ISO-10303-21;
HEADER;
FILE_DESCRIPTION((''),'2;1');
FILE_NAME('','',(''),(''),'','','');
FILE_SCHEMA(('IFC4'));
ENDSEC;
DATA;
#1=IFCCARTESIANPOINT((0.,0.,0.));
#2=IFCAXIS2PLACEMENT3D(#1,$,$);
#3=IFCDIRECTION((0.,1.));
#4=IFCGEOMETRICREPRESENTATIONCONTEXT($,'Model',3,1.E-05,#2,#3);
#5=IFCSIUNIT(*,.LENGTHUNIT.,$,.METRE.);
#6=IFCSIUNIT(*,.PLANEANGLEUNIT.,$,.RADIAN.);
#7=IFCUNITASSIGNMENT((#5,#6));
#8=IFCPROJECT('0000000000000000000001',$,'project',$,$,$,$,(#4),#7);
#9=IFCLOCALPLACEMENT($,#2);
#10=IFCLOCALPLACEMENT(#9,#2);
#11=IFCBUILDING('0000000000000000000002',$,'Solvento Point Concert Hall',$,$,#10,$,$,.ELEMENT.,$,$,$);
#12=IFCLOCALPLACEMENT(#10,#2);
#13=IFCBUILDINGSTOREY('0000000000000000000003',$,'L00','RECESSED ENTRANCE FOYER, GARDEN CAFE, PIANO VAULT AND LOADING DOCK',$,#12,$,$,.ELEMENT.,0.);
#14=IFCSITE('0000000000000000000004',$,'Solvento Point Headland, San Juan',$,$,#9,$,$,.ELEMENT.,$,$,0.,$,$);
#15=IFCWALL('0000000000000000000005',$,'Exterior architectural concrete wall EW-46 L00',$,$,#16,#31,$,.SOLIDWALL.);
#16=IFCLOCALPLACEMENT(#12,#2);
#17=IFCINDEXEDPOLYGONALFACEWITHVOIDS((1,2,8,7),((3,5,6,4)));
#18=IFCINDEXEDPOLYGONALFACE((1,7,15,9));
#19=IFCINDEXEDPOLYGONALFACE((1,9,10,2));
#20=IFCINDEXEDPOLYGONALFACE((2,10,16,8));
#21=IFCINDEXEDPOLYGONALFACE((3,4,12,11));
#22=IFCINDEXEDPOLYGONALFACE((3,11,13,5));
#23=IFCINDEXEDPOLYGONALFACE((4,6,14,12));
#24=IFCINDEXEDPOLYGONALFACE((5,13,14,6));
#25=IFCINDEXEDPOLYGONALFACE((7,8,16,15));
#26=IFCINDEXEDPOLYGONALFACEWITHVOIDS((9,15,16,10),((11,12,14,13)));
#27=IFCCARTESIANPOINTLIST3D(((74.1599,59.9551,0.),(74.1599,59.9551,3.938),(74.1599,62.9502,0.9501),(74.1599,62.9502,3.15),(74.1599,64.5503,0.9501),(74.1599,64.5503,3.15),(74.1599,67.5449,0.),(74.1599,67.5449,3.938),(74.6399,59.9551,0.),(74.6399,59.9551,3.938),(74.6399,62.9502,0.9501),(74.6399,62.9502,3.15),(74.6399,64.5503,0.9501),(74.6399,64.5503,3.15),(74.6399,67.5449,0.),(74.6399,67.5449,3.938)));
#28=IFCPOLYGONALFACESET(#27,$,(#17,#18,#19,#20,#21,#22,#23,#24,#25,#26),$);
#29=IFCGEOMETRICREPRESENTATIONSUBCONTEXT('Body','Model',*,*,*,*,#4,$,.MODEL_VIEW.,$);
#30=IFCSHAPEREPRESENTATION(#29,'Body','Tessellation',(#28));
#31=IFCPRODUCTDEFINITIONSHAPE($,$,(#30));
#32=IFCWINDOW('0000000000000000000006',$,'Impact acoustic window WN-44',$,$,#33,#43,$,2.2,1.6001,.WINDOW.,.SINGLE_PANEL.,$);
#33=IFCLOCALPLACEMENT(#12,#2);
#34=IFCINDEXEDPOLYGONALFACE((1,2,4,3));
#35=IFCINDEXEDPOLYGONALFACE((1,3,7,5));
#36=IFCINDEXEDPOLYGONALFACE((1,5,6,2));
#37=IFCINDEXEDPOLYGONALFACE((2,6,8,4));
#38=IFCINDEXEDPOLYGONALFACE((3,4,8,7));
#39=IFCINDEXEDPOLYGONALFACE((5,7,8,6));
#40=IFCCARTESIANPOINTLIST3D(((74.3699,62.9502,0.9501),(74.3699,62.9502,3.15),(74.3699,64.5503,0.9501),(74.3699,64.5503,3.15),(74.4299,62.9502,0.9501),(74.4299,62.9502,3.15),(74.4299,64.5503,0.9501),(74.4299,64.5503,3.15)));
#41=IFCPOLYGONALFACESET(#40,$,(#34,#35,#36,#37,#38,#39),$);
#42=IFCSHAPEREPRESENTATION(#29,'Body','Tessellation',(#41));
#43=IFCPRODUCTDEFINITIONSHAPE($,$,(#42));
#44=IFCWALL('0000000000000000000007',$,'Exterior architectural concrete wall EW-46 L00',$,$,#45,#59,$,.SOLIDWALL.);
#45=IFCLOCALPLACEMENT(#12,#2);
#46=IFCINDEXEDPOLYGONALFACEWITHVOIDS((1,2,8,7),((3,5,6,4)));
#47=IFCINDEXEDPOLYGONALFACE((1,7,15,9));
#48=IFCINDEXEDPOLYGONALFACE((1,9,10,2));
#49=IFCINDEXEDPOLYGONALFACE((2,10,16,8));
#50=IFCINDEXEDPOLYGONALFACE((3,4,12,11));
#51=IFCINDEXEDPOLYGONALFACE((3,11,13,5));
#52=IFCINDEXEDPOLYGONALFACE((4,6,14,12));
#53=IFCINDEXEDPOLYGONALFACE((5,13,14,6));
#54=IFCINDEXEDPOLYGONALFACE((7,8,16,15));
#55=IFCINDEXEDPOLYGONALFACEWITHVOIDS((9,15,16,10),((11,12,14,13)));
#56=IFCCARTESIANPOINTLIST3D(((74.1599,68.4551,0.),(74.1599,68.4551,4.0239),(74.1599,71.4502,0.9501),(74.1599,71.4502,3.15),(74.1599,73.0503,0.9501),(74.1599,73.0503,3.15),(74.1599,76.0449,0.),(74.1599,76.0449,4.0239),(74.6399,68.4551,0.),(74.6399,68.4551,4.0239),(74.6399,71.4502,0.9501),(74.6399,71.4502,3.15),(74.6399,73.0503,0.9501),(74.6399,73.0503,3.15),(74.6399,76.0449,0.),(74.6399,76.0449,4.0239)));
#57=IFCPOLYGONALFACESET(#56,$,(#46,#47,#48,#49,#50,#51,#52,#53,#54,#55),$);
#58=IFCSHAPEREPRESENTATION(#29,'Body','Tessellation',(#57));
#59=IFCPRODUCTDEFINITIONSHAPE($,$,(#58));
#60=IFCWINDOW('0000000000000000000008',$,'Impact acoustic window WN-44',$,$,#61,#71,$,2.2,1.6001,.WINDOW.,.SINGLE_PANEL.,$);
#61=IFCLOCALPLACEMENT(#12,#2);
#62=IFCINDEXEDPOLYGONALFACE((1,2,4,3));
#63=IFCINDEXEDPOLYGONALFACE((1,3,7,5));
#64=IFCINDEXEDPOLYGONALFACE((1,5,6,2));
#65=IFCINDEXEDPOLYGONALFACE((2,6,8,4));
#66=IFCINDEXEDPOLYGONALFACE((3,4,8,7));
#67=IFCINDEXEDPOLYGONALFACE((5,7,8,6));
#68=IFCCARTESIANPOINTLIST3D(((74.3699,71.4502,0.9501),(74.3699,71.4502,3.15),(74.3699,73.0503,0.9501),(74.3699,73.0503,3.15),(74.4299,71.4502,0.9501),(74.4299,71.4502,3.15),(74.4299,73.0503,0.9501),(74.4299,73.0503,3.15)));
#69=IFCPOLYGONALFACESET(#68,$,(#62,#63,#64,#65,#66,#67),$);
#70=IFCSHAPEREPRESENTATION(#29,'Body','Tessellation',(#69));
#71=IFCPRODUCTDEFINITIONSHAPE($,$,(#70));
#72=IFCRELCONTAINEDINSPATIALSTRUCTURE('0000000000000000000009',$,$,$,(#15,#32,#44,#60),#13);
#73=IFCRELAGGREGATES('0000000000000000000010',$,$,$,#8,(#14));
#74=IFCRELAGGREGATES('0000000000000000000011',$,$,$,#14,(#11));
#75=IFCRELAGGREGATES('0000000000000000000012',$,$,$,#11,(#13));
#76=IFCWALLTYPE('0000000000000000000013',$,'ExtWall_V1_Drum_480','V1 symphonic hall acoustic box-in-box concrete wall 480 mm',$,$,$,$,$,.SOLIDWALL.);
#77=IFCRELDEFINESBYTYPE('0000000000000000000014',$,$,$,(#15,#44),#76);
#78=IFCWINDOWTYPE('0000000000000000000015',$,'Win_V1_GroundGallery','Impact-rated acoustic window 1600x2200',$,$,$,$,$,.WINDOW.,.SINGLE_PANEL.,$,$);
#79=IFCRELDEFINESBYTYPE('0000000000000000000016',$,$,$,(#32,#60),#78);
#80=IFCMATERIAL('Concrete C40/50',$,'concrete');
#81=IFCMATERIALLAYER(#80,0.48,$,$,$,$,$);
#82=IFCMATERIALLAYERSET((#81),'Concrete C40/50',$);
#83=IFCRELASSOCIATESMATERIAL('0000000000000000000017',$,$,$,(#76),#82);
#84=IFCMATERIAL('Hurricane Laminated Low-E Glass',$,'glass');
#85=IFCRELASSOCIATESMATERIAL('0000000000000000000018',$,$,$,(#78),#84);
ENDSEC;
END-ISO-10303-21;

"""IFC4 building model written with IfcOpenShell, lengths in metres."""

from ifc_helpers import new_model, si_unit, direction, frame, frame_2d, origin, place, context, subcontext, project, spatial, rectangle, extrude, material, layer, layer_set, type_object, element, fill, save


model = new_model("IFC4")

# Units and contexts
model_context = context("Model", 3, precision=1e-05, world=origin(), true_north=direction((0.0, 1.0)))
body_context = subcontext(model_context, "Body", "Model", "MODEL_VIEW")
ifc_project = project(units=[si_unit("LENGTHUNIT", "METRE"), si_unit("PLANEANGLEUNIT", "RADIAN")], contexts=[model_context])

# Site, building, storey
site_placement = place(None, origin())
site = spatial("IfcSite", under=ifc_project, at=site_placement, Name="Solvento Point Headland, San Juan", CompositionType="ELEMENT", RefElevation=0.0)
building_placement = place(site_placement, origin())
building = spatial("IfcBuilding", under=site, at=building_placement, Name="Solvento Point Concert Hall", CompositionType="ELEMENT")
storey_placement = place(building_placement, origin())
storey = spatial("IfcBuildingStorey", under=building, at=storey_placement, Name="L00", Description="RECESSED ENTRANCE FOYER, GARDEN CAFE, PIANO VAULT AND LOADING DOCK", CompositionType="ELEMENT", Elevation=0.0)

# Walls, openings, windows
ifc_material_1 = material(Name="Concrete C40/50", Category="concrete")
ifc_layer_1 = layer(ifc_material_1, 0.48)
ifc_layer_set_1 = layer_set([ifc_layer_1], Name="Concrete C40/50")
wall_type_1 = type_object("IfcWallType", Name="ExtWall_V1_Drum_480", Description="V1 symphonic hall acoustic box-in-box concrete wall 480 mm", PredefinedType="SOLIDWALL", material=ifc_layer_set_1)
wall_1_placement = place(storey_placement, frame((74.3999, 59.9551, 0.0), z_axis=(0.0, 0.0, 1.0), x_axis=(0.0, 1.0, 0.0)))
wall_1 = element("IfcWall", 1, at=wall_1_placement, inside=storey, type_object=wall_type_1, Name="Exterior architectural concrete wall EW-46 L00", PredefinedType="SOLIDWALL", context=body_context, shape_type="SweptSolid", body=[
    extrude(rectangle(XDim=7.5898, YDim=0.48, at=frame_2d((3.7949, 0.0))), origin(), (0.0, 0.0, 1.0), 3.938),
])
opening_1_placement = place(wall_1_placement, frame((2.9951, 0.0, 0.95)))
opening_1 = element("IfcOpeningElement", 2, at=opening_1_placement, cuts=wall_1, PredefinedType="OPENING", context=body_context, shape_type="SweptSolid", body=[
    extrude(rectangle(XDim=1.6001, YDim=2.2, at=frame_2d((0.8, 1.1001))), frame((0.0, 0.25, 0.0), z_axis=(0.0, -1.0, 0.0), x_axis=(1.0, 0.0, 0.0)), (0.0, 0.0, 1.0), 0.5),
])
ifc_material_2 = material(Name="Hurricane Laminated Low-E Glass", Category="glass")
window_type = type_object("IfcWindowType", Name="Win_V1_GroundGallery", Description="Impact-rated acoustic window 1600x2200", PartitioningType="SINGLE_PANEL", PredefinedType="WINDOW", material=ifc_material_2)
window_1_placement = place(opening_1_placement, origin())
window_1 = element("IfcWindow", 3, at=window_1_placement, inside=storey, type_object=window_type, Name="Impact acoustic window WN-44", OverallHeight=2.2, OverallWidth=1.6001, PartitioningType="SINGLE_PANEL", PredefinedType="WINDOW", context=body_context, shape_type="SweptSolid", body=[
    extrude(rectangle(XDim=1.6001, YDim=2.2, at=frame_2d((0.8, 1.1001))), frame((0.0, 0.03, 0.0), z_axis=(0.0, -1.0, 0.0), x_axis=(1.0, 0.0, 0.0)), (0.0, 0.0, 1.0), 0.0601),
])
fill(opening_1, window_1)
wall_2_placement = place(storey_placement, frame((74.3999, 68.4551, 0.0), z_axis=(0.0, 0.0, 1.0), x_axis=(0.0, 1.0, 0.0)))
wall_2 = element("IfcWall", 4, at=wall_2_placement, inside=storey, type_object=wall_type_1, Name="Exterior architectural concrete wall EW-46 L00", PredefinedType="SOLIDWALL", context=body_context, shape_type="SweptSolid", body=[
    extrude(rectangle(XDim=7.5898, YDim=0.48, at=frame_2d((3.7949, 0.0))), origin(), (0.0, 0.0, 1.0), 4.0239),
])
opening_2_placement = place(wall_2_placement, frame((2.9951, 0.0, 0.95)))
opening_2 = element("IfcOpeningElement", 5, at=opening_2_placement, cuts=wall_2, PredefinedType="OPENING", context=body_context, shape_type="SweptSolid", body=[
    extrude(rectangle(XDim=1.6001, YDim=2.2, at=frame_2d((0.8, 1.1001))), frame((0.0, 0.25, 0.0), z_axis=(0.0, -1.0, 0.0), x_axis=(1.0, 0.0, 0.0)), (0.0, 0.0, 1.0), 0.5),
])
window_2_placement = place(opening_2_placement, origin())
window_2 = element("IfcWindow", 6, at=window_2_placement, inside=storey, type_object=window_type, Name="Impact acoustic window WN-44", OverallHeight=2.2, OverallWidth=1.6001, PartitioningType="SINGLE_PANEL", PredefinedType="WINDOW", context=body_context, shape_type="SweptSolid", body=[
    extrude(rectangle(XDim=1.6001, YDim=2.2, at=frame_2d((0.8, 1.1001))), frame((0.0, 0.03, 0.0), z_axis=(0.0, -1.0, 0.0), x_axis=(1.0, 0.0, 0.0)), (0.0, 0.0, 1.0), 0.0601),
])
fill(opening_2, window_2)

save(model, "model.ifc")
